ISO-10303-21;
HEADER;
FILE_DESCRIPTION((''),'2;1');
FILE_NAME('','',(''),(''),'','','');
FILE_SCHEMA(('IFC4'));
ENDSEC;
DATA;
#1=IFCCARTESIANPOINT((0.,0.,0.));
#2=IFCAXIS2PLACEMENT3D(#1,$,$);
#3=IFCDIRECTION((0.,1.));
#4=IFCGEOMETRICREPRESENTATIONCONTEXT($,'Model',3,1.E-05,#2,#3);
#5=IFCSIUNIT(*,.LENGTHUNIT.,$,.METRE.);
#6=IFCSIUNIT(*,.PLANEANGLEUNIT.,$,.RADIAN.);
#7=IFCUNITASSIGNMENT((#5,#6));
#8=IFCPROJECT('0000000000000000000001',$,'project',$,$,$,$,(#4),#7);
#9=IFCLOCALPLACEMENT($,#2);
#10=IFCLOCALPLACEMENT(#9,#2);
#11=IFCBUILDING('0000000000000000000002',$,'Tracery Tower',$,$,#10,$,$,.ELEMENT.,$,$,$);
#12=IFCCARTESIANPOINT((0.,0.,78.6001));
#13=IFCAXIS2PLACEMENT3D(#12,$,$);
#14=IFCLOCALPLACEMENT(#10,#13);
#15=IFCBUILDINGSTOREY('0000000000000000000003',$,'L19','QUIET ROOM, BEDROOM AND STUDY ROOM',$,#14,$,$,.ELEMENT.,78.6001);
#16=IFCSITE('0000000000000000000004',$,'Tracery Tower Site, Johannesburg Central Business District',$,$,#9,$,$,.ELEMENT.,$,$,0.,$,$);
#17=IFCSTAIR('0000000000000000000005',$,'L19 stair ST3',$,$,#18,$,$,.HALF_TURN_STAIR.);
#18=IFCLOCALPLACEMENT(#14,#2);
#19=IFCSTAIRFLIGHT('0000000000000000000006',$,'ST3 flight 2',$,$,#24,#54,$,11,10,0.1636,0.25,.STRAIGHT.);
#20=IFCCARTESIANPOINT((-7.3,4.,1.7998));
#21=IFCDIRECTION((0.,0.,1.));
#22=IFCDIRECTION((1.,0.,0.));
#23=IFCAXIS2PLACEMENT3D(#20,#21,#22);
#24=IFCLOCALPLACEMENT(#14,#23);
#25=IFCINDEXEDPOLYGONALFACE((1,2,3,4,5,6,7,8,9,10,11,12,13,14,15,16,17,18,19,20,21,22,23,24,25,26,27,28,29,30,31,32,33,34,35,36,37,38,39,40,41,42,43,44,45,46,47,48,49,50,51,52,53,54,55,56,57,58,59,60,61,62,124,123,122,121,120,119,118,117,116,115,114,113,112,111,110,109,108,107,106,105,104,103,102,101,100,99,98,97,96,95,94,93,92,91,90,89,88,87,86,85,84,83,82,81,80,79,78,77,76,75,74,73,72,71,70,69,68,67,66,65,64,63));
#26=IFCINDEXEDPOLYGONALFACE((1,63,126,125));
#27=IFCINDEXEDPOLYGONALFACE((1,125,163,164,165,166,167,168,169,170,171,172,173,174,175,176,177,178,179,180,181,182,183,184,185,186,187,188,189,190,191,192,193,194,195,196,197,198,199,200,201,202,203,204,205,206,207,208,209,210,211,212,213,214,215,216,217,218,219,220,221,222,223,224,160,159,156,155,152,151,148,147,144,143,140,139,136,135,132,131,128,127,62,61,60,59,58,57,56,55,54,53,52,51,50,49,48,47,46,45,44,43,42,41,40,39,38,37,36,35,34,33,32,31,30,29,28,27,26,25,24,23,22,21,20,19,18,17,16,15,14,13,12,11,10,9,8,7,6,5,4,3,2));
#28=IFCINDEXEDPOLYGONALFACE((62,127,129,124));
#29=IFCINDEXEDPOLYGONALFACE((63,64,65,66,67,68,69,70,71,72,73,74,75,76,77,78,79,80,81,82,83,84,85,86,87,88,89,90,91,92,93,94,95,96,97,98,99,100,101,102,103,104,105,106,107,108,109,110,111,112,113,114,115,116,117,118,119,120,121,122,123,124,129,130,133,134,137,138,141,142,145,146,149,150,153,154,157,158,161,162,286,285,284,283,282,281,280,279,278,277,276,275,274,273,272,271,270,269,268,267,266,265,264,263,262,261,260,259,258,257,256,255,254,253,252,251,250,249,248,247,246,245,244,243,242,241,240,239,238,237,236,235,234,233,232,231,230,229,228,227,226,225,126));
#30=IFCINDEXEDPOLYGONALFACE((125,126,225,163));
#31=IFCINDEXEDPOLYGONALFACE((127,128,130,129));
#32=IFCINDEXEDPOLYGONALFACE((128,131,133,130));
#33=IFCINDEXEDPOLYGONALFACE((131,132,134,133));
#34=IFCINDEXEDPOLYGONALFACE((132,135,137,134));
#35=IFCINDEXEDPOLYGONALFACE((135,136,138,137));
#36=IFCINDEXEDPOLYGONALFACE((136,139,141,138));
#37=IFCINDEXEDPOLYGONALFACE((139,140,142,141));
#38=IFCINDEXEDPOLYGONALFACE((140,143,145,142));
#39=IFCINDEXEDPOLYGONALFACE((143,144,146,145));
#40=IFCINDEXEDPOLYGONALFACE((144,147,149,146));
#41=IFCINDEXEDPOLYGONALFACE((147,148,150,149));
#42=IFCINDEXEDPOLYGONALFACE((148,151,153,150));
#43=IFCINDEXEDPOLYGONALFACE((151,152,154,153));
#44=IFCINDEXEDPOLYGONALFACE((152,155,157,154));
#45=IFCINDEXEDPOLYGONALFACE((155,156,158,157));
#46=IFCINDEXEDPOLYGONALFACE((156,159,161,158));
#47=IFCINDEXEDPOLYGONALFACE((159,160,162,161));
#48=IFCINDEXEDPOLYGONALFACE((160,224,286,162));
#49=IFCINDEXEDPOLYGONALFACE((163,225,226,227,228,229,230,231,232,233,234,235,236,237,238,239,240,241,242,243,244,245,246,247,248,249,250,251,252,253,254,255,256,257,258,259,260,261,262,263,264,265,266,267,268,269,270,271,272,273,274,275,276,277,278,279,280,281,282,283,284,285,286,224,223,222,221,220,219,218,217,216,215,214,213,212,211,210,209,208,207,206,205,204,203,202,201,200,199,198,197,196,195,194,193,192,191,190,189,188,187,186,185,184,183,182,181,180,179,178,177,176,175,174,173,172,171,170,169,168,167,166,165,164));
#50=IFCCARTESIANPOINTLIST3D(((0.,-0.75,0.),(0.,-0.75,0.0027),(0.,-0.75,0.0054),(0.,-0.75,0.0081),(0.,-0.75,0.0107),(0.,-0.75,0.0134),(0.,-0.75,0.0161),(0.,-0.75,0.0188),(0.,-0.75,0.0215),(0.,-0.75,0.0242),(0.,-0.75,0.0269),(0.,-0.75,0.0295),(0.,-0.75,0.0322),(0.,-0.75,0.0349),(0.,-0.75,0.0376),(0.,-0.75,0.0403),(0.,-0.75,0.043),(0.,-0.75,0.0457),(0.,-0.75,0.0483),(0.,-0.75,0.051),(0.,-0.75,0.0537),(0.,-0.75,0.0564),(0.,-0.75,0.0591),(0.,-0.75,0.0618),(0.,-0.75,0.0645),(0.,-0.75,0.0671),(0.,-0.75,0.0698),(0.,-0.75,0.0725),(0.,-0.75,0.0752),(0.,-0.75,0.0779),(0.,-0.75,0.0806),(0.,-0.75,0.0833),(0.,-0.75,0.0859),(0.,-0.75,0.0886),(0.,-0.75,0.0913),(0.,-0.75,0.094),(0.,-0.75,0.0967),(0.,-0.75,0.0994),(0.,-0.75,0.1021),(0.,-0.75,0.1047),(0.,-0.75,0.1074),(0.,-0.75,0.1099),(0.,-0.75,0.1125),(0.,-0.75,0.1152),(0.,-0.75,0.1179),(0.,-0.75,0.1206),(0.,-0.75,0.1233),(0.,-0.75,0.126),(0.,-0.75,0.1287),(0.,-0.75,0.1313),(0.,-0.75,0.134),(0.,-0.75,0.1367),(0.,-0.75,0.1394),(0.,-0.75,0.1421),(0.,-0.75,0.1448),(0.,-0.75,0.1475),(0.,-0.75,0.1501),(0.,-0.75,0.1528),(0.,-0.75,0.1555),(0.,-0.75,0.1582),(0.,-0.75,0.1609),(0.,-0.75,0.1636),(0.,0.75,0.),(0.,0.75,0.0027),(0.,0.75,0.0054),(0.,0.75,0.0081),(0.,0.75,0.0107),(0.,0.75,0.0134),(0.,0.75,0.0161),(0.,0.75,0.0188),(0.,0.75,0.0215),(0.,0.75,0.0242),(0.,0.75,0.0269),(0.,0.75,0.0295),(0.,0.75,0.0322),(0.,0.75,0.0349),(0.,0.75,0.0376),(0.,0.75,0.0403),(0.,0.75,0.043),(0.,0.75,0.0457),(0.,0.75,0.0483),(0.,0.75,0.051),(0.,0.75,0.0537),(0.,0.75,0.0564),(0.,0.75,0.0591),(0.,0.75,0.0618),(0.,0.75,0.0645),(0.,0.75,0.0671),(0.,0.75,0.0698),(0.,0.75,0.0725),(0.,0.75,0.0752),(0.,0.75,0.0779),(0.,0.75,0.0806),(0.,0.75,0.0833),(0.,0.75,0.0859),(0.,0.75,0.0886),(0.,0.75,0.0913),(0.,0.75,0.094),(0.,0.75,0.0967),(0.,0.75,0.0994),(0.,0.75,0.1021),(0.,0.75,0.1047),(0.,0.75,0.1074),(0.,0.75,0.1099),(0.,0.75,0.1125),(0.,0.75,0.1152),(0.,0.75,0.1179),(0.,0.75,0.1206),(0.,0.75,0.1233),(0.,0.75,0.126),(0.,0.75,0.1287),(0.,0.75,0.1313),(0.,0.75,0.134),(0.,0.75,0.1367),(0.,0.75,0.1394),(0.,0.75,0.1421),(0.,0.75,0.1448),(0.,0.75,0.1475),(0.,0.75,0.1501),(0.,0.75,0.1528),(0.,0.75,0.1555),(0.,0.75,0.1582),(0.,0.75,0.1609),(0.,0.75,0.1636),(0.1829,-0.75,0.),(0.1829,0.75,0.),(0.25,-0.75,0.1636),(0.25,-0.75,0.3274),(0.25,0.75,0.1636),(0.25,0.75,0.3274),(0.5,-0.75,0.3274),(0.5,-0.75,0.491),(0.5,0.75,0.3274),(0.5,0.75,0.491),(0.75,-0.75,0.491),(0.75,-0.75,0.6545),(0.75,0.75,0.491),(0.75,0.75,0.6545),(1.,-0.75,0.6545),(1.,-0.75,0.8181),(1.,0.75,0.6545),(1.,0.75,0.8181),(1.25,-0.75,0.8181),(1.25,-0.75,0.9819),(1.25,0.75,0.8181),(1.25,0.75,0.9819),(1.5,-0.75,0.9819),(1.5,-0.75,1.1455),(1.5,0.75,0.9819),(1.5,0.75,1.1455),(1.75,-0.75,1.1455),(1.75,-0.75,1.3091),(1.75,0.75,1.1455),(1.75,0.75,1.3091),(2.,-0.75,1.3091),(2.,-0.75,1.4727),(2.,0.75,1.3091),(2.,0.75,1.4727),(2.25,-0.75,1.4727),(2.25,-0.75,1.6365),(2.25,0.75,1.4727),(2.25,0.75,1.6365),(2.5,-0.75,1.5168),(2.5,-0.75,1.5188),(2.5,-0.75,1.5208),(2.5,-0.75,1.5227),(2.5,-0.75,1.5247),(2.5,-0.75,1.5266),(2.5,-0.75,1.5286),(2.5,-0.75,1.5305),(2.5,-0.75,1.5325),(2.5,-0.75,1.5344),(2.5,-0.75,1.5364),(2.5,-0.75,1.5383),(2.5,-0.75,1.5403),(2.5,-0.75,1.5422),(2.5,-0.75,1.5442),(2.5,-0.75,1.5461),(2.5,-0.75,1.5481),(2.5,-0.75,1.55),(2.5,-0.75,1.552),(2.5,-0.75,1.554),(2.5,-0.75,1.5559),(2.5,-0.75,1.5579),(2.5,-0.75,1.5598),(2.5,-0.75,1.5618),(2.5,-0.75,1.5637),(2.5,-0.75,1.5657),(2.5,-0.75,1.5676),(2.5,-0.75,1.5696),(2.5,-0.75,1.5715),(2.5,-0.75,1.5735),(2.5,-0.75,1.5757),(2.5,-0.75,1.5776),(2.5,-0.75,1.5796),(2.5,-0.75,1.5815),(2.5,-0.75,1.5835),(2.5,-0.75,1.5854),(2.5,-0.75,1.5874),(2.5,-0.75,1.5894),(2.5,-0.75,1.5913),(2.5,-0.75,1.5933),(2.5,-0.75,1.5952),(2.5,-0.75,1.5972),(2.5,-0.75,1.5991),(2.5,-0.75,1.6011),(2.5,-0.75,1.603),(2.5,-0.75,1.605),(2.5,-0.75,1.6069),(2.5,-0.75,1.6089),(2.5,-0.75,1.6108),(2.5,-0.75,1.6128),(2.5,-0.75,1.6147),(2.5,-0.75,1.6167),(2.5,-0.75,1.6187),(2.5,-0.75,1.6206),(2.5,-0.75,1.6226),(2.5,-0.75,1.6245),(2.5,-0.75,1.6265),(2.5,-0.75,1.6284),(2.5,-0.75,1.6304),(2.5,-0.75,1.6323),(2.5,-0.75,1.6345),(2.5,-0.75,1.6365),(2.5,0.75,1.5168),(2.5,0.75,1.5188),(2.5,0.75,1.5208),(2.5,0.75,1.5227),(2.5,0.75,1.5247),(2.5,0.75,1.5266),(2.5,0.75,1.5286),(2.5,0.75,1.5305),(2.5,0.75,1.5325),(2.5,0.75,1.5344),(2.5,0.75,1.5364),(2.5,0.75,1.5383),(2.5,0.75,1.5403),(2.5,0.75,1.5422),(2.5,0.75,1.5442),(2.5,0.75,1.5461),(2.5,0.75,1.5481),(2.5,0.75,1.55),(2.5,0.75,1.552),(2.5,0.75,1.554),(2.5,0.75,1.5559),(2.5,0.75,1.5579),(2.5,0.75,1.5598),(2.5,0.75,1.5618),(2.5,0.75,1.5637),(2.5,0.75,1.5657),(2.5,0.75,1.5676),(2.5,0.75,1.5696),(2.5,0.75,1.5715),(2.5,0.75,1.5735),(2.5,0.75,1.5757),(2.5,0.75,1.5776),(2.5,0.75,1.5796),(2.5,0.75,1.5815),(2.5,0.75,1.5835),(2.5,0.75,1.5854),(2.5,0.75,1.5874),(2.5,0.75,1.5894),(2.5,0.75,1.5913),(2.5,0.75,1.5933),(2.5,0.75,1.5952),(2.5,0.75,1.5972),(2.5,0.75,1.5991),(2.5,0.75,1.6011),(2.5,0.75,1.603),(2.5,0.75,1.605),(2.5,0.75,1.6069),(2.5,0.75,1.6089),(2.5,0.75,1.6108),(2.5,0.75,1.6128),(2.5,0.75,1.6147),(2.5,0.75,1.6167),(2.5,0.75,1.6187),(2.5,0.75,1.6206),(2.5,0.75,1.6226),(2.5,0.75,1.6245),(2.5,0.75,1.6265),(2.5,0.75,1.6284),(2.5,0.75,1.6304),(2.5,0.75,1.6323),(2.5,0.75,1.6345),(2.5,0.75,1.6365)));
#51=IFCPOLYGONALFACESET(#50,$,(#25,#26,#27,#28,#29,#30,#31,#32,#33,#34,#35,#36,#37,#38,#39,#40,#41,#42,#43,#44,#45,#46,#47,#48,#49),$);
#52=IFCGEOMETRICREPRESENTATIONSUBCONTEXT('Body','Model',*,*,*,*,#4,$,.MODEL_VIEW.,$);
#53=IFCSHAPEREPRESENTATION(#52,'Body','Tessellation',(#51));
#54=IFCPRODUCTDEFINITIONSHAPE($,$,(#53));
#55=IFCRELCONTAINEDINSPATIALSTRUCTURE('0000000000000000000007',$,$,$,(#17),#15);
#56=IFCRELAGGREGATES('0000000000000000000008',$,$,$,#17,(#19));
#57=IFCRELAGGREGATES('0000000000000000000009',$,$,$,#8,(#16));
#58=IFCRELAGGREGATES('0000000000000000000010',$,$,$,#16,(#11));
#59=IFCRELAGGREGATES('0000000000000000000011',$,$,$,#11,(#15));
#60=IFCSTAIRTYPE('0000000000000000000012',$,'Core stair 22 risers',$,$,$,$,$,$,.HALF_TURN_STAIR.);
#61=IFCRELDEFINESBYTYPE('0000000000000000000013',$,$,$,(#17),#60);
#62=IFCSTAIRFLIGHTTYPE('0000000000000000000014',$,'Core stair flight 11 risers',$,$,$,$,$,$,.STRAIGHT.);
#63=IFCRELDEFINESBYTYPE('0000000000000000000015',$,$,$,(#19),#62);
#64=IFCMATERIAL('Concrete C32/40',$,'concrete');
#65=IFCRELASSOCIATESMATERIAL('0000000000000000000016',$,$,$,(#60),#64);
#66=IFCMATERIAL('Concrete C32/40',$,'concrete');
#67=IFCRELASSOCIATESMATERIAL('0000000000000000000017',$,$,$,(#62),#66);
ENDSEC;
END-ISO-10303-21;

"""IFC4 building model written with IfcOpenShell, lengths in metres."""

from ifc_helpers import new_model, si_unit, direction, frame, origin, place, context, subcontext, project, spatial, polyline, outline, extrude, material, type_object, element, aggregate, save


model = new_model("IFC4")

# Units and contexts
model_context = context("Model", 3, precision=1e-05, world=origin(), true_north=direction((0.0, 1.0)))
body_context = subcontext(model_context, "Body", "Model", "MODEL_VIEW")
ifc_project = project(units=[si_unit("LENGTHUNIT", "METRE"), si_unit("PLANEANGLEUNIT", "RADIAN")], contexts=[model_context])

# Site, building, storey
site_placement = place(None, origin())
site = spatial("IfcSite", under=ifc_project, at=site_placement, Name="Tracery Tower Site, Johannesburg Central Business District", CompositionType="ELEMENT", RefElevation=0.0)
building_placement = place(site_placement, origin())
building = spatial("IfcBuilding", under=site, at=building_placement, Name="Tracery Tower", CompositionType="ELEMENT")
storey_placement = place(building_placement, frame((0.0, 0.0, 78.6001)))
storey = spatial("IfcBuildingStorey", under=building, at=storey_placement, Name="L19", Description="QUIET ROOM, BEDROOM AND STUDY ROOM", CompositionType="ELEMENT", Elevation=78.6001)

# Stair
ifc_material_1 = material(Name="Concrete C32/40", Category="concrete")
stair_type = type_object("IfcStairType", Name="Core stair 22 risers", PredefinedType="HALF_TURN_STAIR", material=ifc_material_1)
stair_1_placement = place(storey_placement, origin())
stair_1 = element("IfcStair", 1, at=stair_1_placement, inside=storey, type_object=stair_type, Name="L19 stair ST3", PredefinedType="HALF_TURN_STAIR")

# Stair flight
ifc_material_2 = material(Name="Concrete C32/40", Category="concrete")
stair_flight_type = type_object("IfcStairFlightType", Name="Core stair flight 11 risers", PredefinedType="STRAIGHT", material=ifc_material_2)
stair_flight_1_placement = place(storey_placement, frame((-7.3, 4.0, 1.7998), z_axis=(0.0, 0.0, 1.0), x_axis=(1.0, 0.0, 0.0)))
stair_flight_1 = element("IfcStairFlight", 2, at=stair_flight_1_placement, type_object=stair_flight_type, Name="ST3 flight 2", NumberOfRisers=11, NumberOfTreads=10, PredefinedType="STRAIGHT", RiserHeight=0.1636, TreadLength=0.25, context=body_context, shape_type="SweptSolid", body=[
    extrude(outline(polyline([(0.0, 0.0), (0.0, 0.0027), (0.0, 0.0054), (0.0, 0.0081), (0.0, 0.0107), (0.0, 0.0134), (0.0, 0.0161), (0.0, 0.0188), (0.0, 0.0215), (0.0, 0.0242), (0.0, 0.0269), (0.0, 0.0295), (0.0, 0.0322), (0.0, 0.0349), (0.0, 0.0376), (0.0, 0.0403), (0.0, 0.043), (0.0, 0.0457), (0.0, 0.0483), (0.0, 0.051), (0.0, 0.0537), (0.0, 0.0564), (0.0, 0.0591), (0.0, 0.0618), (0.0, 0.0645), (0.0, 0.0671), (0.0, 0.0698), (0.0, 0.0725), (0.0, 0.0752), (0.0, 0.0779), (0.0, 0.0806), (0.0, 0.0833), (0.0, 0.0859), (0.0, 0.0886), (0.0, 0.0913), (0.0, 0.094), (0.0, 0.0967), (0.0, 0.0994), (0.0, 0.1021), (0.0, 0.1047), (0.0, 0.1074), (0.0, 0.1099), (0.0, 0.1125), (0.0, 0.1152), (0.0, 0.1179), (0.0, 0.1206), (0.0, 0.1233), (0.0, 0.126), (0.0, 0.1287), (0.0, 0.1313), (0.0, 0.134), (0.0, 0.1367), (0.0, 0.1394), (0.0, 0.1421), (0.0, 0.1448), (0.0, 0.1475), (0.0, 0.1501), (0.0, 0.1528), (0.0, 0.1555), (0.0, 0.1582), (0.0, 0.1609), (0.0, 0.1636), (0.25, 0.1636), (0.25, 0.3274), (0.5, 0.3274), (0.5, 0.491), (0.75, 0.491), (0.75, 0.6545), (1.0, 0.6545), (1.0, 0.8181), (1.25, 0.8181), (1.25, 0.9819), (1.5, 0.9819), (1.5, 1.1455), (1.75, 1.1455), (1.75, 1.3091), (2.0, 1.3091), (2.0, 1.4727), (2.25, 1.4727), (2.25, 1.6365), (2.5, 1.6365), (2.5, 1.6345), (2.5, 1.6323), (2.5, 1.6304), (2.5, 1.6284), (2.5, 1.6265), (2.5, 1.6245), (2.5, 1.6226), (2.5, 1.6206), (2.5, 1.6187), (2.5, 1.6167), (2.5, 1.6147), (2.5, 1.6128), (2.5, 1.6108), (2.5, 1.6089), (2.5, 1.6069), (2.5, 1.605), (2.5, 1.603), (2.5, 1.6011), (2.5, 1.5991), (2.5, 1.5972), (2.5, 1.5952), (2.5, 1.5933), (2.5, 1.5913), (2.5, 1.5894), (2.5, 1.5874), (2.5, 1.5854), (2.5, 1.5835), (2.5, 1.5815), (2.5, 1.5796), (2.5, 1.5776), (2.5, 1.5757), (2.5, 1.5735), (2.5, 1.5715), (2.5, 1.5696), (2.5, 1.5676), (2.5, 1.5657), (2.5, 1.5637), (2.5, 1.5618), (2.5, 1.5598), (2.5, 1.5579), (2.5, 1.5559), (2.5, 1.554), (2.5, 1.552), (2.5, 1.55), (2.5, 1.5481), (2.5, 1.5461), (2.5, 1.5442), (2.5, 1.5422), (2.5, 1.5403), (2.5, 1.5383), (2.5, 1.5364), (2.5, 1.5344), (2.5, 1.5325), (2.5, 1.5305), (2.5, 1.5286), (2.5, 1.5266), (2.5, 1.5247), (2.5, 1.5227), (2.5, 1.5208), (2.5, 1.5188), (2.5, 1.5168), (0.1829, 0.0), (0.0, 0.0)])), frame((0.0, 0.75, 0.0), z_axis=(0.0, -1.0, 0.0), x_axis=(1.0, 0.0, 0.0)), (0.0, 0.0, 1.0), 1.5),
])
aggregate(stair_1, [stair_flight_1])

save(model, "model.ifc")
